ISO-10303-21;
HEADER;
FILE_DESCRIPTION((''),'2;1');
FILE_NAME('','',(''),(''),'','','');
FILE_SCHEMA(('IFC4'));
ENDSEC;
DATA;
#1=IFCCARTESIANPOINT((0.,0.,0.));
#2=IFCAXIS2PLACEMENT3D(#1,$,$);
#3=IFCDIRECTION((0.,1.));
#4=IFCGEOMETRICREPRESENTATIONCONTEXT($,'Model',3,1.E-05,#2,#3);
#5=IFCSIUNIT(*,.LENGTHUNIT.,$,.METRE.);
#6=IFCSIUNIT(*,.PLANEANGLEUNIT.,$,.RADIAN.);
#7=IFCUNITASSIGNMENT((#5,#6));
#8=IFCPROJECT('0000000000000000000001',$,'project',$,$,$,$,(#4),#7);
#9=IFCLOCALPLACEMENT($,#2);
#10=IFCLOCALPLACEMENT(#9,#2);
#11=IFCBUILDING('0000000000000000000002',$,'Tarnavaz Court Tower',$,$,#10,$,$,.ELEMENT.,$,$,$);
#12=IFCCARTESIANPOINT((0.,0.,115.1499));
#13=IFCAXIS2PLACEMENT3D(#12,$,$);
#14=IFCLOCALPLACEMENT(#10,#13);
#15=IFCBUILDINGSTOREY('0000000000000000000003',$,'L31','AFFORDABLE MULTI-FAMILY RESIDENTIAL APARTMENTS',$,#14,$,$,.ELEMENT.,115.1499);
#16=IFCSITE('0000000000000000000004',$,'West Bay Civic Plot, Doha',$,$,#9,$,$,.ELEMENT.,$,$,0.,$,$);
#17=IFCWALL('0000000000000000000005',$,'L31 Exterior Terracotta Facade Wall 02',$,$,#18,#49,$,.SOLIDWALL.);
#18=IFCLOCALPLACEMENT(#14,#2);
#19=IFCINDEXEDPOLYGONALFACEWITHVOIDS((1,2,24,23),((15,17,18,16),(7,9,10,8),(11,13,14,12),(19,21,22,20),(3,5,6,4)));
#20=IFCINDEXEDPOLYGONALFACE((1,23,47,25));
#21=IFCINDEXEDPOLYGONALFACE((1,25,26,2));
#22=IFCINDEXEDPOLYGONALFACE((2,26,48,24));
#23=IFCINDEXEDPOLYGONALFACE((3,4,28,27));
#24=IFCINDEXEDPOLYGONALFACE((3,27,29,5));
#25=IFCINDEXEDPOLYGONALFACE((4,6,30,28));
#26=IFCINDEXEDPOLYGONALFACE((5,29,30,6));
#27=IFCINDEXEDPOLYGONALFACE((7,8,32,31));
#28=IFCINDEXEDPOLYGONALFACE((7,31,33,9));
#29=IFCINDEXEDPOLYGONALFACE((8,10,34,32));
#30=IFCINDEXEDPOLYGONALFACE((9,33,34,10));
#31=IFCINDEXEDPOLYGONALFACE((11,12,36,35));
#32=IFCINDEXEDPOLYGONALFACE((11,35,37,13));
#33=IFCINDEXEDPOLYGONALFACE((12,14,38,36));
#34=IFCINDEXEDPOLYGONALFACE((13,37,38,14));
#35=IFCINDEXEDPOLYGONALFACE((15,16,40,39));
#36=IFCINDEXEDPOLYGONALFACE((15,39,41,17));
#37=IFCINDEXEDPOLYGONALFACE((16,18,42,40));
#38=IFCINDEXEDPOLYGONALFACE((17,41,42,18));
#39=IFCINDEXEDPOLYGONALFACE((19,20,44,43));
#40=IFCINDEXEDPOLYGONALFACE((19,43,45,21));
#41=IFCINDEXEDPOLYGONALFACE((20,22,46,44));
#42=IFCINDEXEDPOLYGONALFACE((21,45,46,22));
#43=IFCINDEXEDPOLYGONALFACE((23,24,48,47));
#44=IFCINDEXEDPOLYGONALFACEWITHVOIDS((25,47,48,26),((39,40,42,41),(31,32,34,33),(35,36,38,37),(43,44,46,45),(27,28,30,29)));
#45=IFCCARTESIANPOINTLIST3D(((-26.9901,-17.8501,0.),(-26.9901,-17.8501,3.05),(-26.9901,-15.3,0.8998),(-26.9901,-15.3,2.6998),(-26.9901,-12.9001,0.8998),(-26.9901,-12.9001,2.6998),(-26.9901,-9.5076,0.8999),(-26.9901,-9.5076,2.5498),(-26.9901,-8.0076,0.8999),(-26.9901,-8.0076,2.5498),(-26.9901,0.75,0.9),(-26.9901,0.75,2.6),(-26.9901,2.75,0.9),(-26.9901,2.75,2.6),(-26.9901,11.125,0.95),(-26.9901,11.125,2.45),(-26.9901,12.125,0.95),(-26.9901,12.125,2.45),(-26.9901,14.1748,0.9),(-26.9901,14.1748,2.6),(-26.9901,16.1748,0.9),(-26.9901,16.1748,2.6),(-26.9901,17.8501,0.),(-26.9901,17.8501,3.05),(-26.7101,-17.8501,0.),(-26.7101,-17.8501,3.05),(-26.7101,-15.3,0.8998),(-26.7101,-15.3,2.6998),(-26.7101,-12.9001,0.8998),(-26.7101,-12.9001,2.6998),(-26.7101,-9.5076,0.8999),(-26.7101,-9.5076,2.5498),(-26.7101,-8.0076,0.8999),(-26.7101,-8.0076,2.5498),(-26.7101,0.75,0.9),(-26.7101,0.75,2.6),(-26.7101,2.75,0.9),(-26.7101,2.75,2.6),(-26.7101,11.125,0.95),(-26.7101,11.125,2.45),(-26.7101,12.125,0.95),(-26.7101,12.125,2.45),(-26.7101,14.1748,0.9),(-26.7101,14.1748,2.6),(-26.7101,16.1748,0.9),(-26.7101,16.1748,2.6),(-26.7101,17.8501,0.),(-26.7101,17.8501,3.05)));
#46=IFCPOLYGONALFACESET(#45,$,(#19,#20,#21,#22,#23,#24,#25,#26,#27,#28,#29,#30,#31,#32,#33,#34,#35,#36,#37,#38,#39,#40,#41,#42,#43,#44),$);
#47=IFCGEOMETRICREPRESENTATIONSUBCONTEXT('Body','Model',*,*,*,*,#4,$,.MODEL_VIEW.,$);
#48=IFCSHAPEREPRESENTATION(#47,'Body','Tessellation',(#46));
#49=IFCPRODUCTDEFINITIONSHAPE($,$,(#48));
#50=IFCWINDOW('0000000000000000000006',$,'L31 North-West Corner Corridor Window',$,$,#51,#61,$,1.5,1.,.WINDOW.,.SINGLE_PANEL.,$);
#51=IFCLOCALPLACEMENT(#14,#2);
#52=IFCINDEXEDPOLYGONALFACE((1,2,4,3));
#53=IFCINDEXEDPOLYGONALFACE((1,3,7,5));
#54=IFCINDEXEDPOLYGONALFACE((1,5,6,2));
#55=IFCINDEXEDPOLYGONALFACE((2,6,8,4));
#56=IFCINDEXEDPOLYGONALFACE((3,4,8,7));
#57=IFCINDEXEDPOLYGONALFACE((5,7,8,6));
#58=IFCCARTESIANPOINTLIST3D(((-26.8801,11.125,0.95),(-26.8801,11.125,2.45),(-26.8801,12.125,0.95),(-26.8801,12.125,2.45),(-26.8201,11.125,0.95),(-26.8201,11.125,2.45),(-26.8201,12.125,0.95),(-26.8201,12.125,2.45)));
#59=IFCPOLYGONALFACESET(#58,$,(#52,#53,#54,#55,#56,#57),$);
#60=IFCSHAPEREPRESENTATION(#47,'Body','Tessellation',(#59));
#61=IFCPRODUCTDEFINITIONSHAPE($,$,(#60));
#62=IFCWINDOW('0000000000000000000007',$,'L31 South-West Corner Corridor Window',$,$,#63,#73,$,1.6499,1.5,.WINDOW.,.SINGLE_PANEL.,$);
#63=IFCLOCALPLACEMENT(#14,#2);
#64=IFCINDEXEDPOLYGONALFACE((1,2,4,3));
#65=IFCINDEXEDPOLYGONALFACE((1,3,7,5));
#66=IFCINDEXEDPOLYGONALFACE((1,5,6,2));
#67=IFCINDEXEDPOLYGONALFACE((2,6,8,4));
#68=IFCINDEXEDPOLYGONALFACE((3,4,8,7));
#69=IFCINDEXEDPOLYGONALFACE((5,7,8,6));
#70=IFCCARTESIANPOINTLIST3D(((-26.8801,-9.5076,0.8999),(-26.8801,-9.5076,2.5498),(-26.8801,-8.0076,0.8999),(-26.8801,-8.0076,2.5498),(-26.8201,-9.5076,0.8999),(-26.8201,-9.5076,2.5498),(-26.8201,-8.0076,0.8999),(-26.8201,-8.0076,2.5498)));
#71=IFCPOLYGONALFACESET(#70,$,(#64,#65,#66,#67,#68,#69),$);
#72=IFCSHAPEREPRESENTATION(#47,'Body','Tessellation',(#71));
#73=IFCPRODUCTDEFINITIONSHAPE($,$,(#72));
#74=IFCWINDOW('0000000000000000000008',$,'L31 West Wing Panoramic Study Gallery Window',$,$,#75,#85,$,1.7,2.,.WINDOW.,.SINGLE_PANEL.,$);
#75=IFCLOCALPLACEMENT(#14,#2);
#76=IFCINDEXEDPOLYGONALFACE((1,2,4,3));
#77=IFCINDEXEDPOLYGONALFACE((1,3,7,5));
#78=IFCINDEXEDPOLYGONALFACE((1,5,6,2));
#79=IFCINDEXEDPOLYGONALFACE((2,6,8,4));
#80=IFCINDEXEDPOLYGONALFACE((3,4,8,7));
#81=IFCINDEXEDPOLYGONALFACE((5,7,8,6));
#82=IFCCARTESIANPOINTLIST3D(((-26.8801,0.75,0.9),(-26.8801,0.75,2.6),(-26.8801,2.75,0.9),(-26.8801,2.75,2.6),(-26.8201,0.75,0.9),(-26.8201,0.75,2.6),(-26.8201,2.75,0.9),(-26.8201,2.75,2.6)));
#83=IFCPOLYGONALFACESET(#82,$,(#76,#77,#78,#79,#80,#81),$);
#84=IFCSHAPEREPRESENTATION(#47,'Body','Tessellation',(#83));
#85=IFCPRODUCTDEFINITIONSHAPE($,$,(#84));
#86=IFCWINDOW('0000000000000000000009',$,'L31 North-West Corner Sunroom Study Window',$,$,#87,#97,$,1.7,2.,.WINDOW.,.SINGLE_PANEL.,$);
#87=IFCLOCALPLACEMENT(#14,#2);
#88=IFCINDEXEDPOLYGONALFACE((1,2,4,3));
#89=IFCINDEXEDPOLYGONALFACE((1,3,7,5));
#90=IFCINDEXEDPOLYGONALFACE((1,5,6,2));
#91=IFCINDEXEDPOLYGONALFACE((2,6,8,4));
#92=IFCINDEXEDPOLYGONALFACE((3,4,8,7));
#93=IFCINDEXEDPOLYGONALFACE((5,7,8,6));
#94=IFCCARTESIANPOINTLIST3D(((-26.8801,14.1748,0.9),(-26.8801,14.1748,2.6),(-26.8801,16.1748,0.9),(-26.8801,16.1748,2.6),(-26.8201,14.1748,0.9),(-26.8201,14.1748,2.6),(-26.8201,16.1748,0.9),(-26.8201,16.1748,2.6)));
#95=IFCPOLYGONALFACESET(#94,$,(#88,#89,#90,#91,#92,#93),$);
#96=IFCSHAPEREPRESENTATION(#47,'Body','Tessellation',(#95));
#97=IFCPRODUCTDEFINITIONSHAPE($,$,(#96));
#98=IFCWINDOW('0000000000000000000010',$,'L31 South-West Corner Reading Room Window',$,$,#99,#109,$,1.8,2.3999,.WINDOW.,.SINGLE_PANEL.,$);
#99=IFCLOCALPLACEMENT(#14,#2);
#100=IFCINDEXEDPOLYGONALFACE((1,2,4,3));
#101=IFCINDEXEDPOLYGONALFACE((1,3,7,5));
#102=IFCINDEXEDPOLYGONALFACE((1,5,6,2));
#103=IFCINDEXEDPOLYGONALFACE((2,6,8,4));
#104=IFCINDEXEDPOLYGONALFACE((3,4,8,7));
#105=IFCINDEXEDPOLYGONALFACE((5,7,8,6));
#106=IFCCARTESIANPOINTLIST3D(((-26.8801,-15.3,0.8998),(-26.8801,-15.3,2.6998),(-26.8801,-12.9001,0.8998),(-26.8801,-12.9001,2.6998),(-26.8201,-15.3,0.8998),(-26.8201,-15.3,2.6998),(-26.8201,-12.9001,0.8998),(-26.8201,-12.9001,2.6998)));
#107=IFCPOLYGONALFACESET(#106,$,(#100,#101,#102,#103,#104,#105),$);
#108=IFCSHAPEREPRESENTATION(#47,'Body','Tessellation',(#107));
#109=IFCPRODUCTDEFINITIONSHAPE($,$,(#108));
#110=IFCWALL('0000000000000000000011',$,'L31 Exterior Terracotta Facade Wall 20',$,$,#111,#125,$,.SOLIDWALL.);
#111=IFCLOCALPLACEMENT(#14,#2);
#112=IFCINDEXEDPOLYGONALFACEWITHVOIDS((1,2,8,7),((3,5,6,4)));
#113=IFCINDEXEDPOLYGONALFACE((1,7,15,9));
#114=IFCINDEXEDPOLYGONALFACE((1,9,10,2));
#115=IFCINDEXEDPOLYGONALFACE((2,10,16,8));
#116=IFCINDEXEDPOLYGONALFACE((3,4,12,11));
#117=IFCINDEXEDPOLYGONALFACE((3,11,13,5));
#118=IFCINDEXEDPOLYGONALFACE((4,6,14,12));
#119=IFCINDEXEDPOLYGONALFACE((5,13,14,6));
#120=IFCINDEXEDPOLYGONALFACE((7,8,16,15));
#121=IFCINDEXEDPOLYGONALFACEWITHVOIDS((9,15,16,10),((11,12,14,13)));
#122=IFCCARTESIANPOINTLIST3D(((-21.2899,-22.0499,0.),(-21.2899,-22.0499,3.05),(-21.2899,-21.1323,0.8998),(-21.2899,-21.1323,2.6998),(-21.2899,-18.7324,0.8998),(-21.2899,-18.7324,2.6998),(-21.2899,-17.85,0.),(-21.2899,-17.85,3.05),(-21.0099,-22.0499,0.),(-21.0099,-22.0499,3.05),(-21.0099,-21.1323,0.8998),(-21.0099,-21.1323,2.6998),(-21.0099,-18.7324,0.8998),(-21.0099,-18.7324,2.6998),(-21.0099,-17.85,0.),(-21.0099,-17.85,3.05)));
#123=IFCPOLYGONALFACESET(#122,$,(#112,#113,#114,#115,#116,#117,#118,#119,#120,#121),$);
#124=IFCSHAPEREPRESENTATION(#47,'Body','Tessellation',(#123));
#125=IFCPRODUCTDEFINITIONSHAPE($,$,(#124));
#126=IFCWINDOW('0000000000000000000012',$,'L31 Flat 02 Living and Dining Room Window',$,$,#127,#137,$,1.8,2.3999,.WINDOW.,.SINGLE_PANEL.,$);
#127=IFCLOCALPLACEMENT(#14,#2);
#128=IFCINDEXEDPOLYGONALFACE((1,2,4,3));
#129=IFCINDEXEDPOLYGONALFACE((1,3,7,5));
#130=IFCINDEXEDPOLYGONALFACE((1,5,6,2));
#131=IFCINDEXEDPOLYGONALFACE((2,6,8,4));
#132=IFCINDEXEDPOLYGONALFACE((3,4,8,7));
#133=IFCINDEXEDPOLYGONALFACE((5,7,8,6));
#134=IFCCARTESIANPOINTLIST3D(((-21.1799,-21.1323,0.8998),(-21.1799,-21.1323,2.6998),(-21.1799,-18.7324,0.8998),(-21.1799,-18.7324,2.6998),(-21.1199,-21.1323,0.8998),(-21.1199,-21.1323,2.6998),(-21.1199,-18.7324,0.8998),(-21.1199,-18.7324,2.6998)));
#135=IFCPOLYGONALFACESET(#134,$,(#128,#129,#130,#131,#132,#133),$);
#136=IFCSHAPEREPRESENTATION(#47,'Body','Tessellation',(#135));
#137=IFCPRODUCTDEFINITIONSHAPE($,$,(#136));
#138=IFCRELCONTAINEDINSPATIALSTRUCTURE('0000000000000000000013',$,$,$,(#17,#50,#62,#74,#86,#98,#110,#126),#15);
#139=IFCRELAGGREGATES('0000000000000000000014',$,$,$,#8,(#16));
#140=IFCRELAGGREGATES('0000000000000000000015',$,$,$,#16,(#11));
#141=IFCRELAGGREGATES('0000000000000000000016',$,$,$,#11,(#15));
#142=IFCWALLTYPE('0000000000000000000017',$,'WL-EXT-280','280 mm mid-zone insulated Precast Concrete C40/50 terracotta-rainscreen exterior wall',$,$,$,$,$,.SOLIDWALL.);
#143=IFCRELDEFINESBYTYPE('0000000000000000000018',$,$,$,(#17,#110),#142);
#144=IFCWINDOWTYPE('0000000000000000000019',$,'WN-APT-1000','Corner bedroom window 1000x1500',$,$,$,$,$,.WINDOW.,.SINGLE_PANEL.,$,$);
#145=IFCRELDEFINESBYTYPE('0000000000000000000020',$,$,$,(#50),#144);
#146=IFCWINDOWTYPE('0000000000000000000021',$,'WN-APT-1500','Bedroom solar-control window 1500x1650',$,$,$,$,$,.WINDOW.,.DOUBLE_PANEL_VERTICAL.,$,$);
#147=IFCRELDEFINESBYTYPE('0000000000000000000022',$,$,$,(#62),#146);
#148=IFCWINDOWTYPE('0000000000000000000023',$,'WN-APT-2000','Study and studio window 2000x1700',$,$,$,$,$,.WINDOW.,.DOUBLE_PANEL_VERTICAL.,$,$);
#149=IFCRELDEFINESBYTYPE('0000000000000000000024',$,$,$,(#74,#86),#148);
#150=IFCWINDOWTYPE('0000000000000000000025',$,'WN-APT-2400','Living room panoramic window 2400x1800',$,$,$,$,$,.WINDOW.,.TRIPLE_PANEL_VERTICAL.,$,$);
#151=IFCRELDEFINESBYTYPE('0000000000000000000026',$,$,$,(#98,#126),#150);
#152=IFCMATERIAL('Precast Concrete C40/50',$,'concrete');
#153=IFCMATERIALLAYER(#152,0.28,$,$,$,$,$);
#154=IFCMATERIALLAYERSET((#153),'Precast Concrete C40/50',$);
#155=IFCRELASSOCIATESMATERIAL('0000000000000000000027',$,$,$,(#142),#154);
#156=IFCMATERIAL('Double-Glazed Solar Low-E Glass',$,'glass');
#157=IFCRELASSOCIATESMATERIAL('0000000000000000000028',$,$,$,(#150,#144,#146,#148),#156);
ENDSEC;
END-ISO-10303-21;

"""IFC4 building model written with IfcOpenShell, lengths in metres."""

from ifc_helpers import new_model, si_unit, direction, frame, frame_2d, origin, place, context, subcontext, project, spatial, rectangle, extrude, material, layer, layer_set, type_object, element, fill, save


model = new_model("IFC4")

# Units and contexts
model_context = context("Model", 3, precision=1e-05, world=origin(), true_north=direction((0.0, 1.0)))
body_context = subcontext(model_context, "Body", "Model", "MODEL_VIEW")
ifc_project = project(units=[si_unit("LENGTHUNIT", "METRE"), si_unit("PLANEANGLEUNIT", "RADIAN")], contexts=[model_context])

# Site, building, storey
site_placement = place(None, origin())
site = spatial("IfcSite", under=ifc_project, at=site_placement, Name="West Bay Civic Plot, Doha", CompositionType="ELEMENT", RefElevation=0.0)
building_placement = place(site_placement, origin())
building = spatial("IfcBuilding", under=site, at=building_placement, Name="Tarnavaz Court Tower", CompositionType="ELEMENT")
storey_placement = place(building_placement, frame((0.0, 0.0, 115.1499)))
storey = spatial("IfcBuildingStorey", under=building, at=storey_placement, Name="L31", Description="AFFORDABLE MULTI-FAMILY RESIDENTIAL APARTMENTS", CompositionType="ELEMENT", Elevation=115.1499)

# Shared definitions
ifc_material_1 = material(Name="Precast Concrete C40/50", Category="concrete")
ifc_layer_1 = layer(ifc_material_1, 0.28)
ifc_layer_set_1 = layer_set([ifc_layer_1], Name="Precast Concrete C40/50")
wall_type_1 = type_object("IfcWallType", Name="WL-EXT-280", Description="280 mm mid-zone insulated Precast Concrete C40/50 terracotta-rainscreen exterior wall", PredefinedType="SOLIDWALL", material=ifc_layer_set_1)
ifc_material_2 = material(Name="Double-Glazed Solar Low-E Glass", Category="glass")
window_type_1 = type_object("IfcWindowType", Name="WN-APT-2400", Description="Living room panoramic window 2400x1800", PartitioningType="TRIPLE_PANEL_VERTICAL", PredefinedType="WINDOW", material=ifc_material_2)

# Wall, openings, windows
wall_1_placement = place(storey_placement, frame((-26.8501, -17.8501, 0.0), z_axis=(0.0, 0.0, 1.0), x_axis=(0.0, 1.0, 0.0)))
wall_1 = element("IfcWall", 1, at=wall_1_placement, inside=storey, type_object=wall_type_1, Name="L31 Exterior Terracotta Facade Wall 02", PredefinedType="SOLIDWALL", context=body_context, shape_type="SweptSolid", body=[
    extrude(rectangle(XDim=35.7002, YDim=0.28, at=frame_2d((17.8501, 0.0))), origin(), (0.0, 0.0, 1.0), 3.05),
])
opening_1_placement = place(wall_1_placement, frame((2.55, 0.0, 0.8999)))
opening_1 = element("IfcOpeningElement", 2, at=opening_1_placement, cuts=wall_1, PredefinedType="OPENING", context=body_context, shape_type="SweptSolid", body=[
    extrude(rectangle(XDim=2.3999, YDim=1.8, at=frame_2d((1.2, 0.8999))), frame((0.0, 0.1499, 0.0), z_axis=(0.0, -1.0, 0.0), x_axis=(1.0, 0.0, 0.0)), (0.0, 0.0, 1.0), 0.3),
])
opening_2_placement = place(wall_1_placement, frame((8.3425, 0.0, 0.8999)))
opening_2 = element("IfcOpeningElement", 3, at=opening_2_placement, cuts=wall_1, PredefinedType="OPENING", context=body_context, shape_type="SweptSolid", body=[
    extrude(rectangle(XDim=1.5, YDim=1.6499, at=frame_2d((0.75, 0.825))), frame((0.0, 0.1499, 0.0), z_axis=(0.0, -1.0, 0.0), x_axis=(1.0, 0.0, 0.0)), (0.0, 0.0, 1.0), 0.3),
])
opening_3_placement = place(wall_1_placement, frame((18.6001, 0.0, 0.8999)))
opening_3 = element("IfcOpeningElement", 4, at=opening_3_placement, cuts=wall_1, PredefinedType="OPENING", context=body_context, shape_type="SweptSolid", body=[
    extrude(rectangle(XDim=2.0, YDim=1.7, at=frame_2d((1.0, 0.8501))), frame((0.0, 0.1499, 0.0), z_axis=(0.0, -1.0, 0.0), x_axis=(1.0, 0.0, 0.0)), (0.0, 0.0, 1.0), 0.3),
])
opening_4_placement = place(wall_1_placement, frame((28.9751, 0.0, 0.95)))
opening_4 = element("IfcOpeningElement", 5, at=opening_4_placement, cuts=wall_1, PredefinedType="OPENING", context=body_context, shape_type="SweptSolid", body=[
    extrude(rectangle(XDim=1.0, YDim=1.5, at=frame_2d((0.5, 0.75))), frame((0.0, 0.1499, 0.0), z_axis=(0.0, -1.0, 0.0), x_axis=(1.0, 0.0, 0.0)), (0.0, 0.0, 1.0), 0.3),
])
opening_5_placement = place(wall_1_placement, frame((32.0249, 0.0, 0.8999)))
opening_5 = element("IfcOpeningElement", 6, at=opening_5_placement, cuts=wall_1, PredefinedType="OPENING", context=body_context, shape_type="SweptSolid", body=[
    extrude(rectangle(XDim=2.0, YDim=1.7, at=frame_2d((1.0, 0.8501))), frame((0.0, 0.1499, 0.0), z_axis=(0.0, -1.0, 0.0), x_axis=(1.0, 0.0, 0.0)), (0.0, 0.0, 1.0), 0.3),
])
window_type_2 = type_object("IfcWindowType", Name="WN-APT-1000", Description="Corner bedroom window 1000x1500", PartitioningType="SINGLE_PANEL", PredefinedType="WINDOW", material=ifc_material_2)
window_1_placement = place(opening_4_placement, origin())
window_1 = element("IfcWindow", 7, at=window_1_placement, inside=storey, type_object=window_type_2, Name="L31 North-West Corner Corridor Window", OverallHeight=1.5, OverallWidth=1.0, PartitioningType="SINGLE_PANEL", PredefinedType="WINDOW", context=body_context, shape_type="SweptSolid", body=[
    extrude(rectangle(XDim=1.0, YDim=1.5, at=frame_2d((0.5, 0.75))), frame((0.0, 0.03, 0.0), z_axis=(0.0, -1.0, 0.0), x_axis=(1.0, 0.0, 0.0)), (0.0, 0.0, 1.0), 0.0601),
])
fill(opening_4, window_1)
window_type_3 = type_object("IfcWindowType", Name="WN-APT-1500", Description="Bedroom solar-control window 1500x1650", PartitioningType="DOUBLE_PANEL_VERTICAL", PredefinedType="WINDOW", material=ifc_material_2)
window_2_placement = place(opening_2_placement, origin())
window_2 = element("IfcWindow", 8, at=window_2_placement, inside=storey, type_object=window_type_3, Name="L31 South-West Corner Corridor Window", OverallHeight=1.6499, OverallWidth=1.5, PartitioningType="SINGLE_PANEL", PredefinedType="WINDOW", context=body_context, shape_type="SweptSolid", body=[
    extrude(rectangle(XDim=1.5, YDim=1.6499, at=frame_2d((0.75, 0.825))), frame((0.0, 0.03, 0.0), z_axis=(0.0, -1.0, 0.0), x_axis=(1.0, 0.0, 0.0)), (0.0, 0.0, 1.0), 0.0601),
])
fill(opening_2, window_2)
window_type_4 = type_object("IfcWindowType", Name="WN-APT-2000", Description="Study and studio window 2000x1700", PartitioningType="DOUBLE_PANEL_VERTICAL", PredefinedType="WINDOW", material=ifc_material_2)
window_3_placement = place(opening_3_placement, origin())
window_3 = element("IfcWindow", 9, at=window_3_placement, inside=storey, type_object=window_type_4, Name="L31 West Wing Panoramic Study Gallery Window", OverallHeight=1.7, OverallWidth=2.0, PartitioningType="SINGLE_PANEL", PredefinedType="WINDOW", context=body_context, shape_type="SweptSolid", body=[
    extrude(rectangle(XDim=2.0, YDim=1.7, at=frame_2d((1.0, 0.8501))), frame((0.0, 0.03, 0.0), z_axis=(0.0, -1.0, 0.0), x_axis=(1.0, 0.0, 0.0)), (0.0, 0.0, 1.0), 0.0601),
])
fill(opening_3, window_3)
window_4_placement = place(opening_5_placement, origin())
window_4 = element("IfcWindow", 10, at=window_4_placement, inside=storey, type_object=window_type_4, Name="L31 North-West Corner Sunroom Study Window", OverallHeight=1.7, OverallWidth=2.0, PartitioningType="SINGLE_PANEL", PredefinedType="WINDOW", context=body_context, shape_type="SweptSolid", body=[
    extrude(rectangle(XDim=2.0, YDim=1.7, at=frame_2d((1.0, 0.8501))), frame((0.0, 0.03, 0.0), z_axis=(0.0, -1.0, 0.0), x_axis=(1.0, 0.0, 0.0)), (0.0, 0.0, 1.0), 0.0601),
])
fill(opening_5, window_4)
window_5_placement = place(opening_1_placement, origin())
window_5 = element("IfcWindow", 11, at=window_5_placement, inside=storey, type_object=window_type_1, Name="L31 South-West Corner Reading Room Window", OverallHeight=1.8, OverallWidth=2.3999, PartitioningType="SINGLE_PANEL", PredefinedType="WINDOW", context=body_context, shape_type="SweptSolid", body=[
    extrude(rectangle(XDim=2.3999, YDim=1.8, at=frame_2d((1.2, 0.8999))), frame((0.0, 0.03, 0.0), z_axis=(0.0, -1.0, 0.0), x_axis=(1.0, 0.0, 0.0)), (0.0, 0.0, 1.0), 0.0601),
])
fill(opening_1, window_5)

# Wall, opening, window
wall_2_placement = place(storey_placement, frame((-21.1499, -22.05, 0.0), z_axis=(0.0, 0.0, 1.0), x_axis=(0.0, 1.0, 0.0)))
wall_2 = element("IfcWall", 12, at=wall_2_placement, inside=storey, type_object=wall_type_1, Name="L31 Exterior Terracotta Facade Wall 20", PredefinedType="SOLIDWALL", context=body_context, shape_type="SweptSolid", body=[
    extrude(rectangle(XDim=4.2, YDim=0.28, at=frame_2d((2.1001, 0.0))), origin(), (0.0, 0.0, 1.0), 3.05),
])
opening_6_placement = place(wall_2_placement, frame((0.9177, 0.0, 0.8999)))
opening_6 = element("IfcOpeningElement", 13, at=opening_6_placement, cuts=wall_2, PredefinedType="OPENING", context=body_context, shape_type="SweptSolid", body=[
    extrude(rectangle(XDim=2.3999, YDim=1.8, at=frame_2d((1.2, 0.8999))), frame((0.0, 0.1499, 0.0), z_axis=(0.0, -1.0, 0.0), x_axis=(1.0, 0.0, 0.0)), (0.0, 0.0, 1.0), 0.3),
])
window_6_placement = place(opening_6_placement, origin())
window_6 = element("IfcWindow", 14, at=window_6_placement, inside=storey, type_object=window_type_1, Name="L31 Flat 02 Living and Dining Room Window", OverallHeight=1.8, OverallWidth=2.3999, PartitioningType="SINGLE_PANEL", PredefinedType="WINDOW", context=body_context, shape_type="SweptSolid", body=[
    extrude(rectangle(XDim=2.3999, YDim=1.8, at=frame_2d((1.2, 0.8999))), frame((0.0, 0.03, 0.0), z_axis=(0.0, -1.0, 0.0), x_axis=(1.0, 0.0, 0.0)), (0.0, 0.0, 1.0), 0.0601),
])
fill(opening_6, window_6)

save(model, "model.ifc")
